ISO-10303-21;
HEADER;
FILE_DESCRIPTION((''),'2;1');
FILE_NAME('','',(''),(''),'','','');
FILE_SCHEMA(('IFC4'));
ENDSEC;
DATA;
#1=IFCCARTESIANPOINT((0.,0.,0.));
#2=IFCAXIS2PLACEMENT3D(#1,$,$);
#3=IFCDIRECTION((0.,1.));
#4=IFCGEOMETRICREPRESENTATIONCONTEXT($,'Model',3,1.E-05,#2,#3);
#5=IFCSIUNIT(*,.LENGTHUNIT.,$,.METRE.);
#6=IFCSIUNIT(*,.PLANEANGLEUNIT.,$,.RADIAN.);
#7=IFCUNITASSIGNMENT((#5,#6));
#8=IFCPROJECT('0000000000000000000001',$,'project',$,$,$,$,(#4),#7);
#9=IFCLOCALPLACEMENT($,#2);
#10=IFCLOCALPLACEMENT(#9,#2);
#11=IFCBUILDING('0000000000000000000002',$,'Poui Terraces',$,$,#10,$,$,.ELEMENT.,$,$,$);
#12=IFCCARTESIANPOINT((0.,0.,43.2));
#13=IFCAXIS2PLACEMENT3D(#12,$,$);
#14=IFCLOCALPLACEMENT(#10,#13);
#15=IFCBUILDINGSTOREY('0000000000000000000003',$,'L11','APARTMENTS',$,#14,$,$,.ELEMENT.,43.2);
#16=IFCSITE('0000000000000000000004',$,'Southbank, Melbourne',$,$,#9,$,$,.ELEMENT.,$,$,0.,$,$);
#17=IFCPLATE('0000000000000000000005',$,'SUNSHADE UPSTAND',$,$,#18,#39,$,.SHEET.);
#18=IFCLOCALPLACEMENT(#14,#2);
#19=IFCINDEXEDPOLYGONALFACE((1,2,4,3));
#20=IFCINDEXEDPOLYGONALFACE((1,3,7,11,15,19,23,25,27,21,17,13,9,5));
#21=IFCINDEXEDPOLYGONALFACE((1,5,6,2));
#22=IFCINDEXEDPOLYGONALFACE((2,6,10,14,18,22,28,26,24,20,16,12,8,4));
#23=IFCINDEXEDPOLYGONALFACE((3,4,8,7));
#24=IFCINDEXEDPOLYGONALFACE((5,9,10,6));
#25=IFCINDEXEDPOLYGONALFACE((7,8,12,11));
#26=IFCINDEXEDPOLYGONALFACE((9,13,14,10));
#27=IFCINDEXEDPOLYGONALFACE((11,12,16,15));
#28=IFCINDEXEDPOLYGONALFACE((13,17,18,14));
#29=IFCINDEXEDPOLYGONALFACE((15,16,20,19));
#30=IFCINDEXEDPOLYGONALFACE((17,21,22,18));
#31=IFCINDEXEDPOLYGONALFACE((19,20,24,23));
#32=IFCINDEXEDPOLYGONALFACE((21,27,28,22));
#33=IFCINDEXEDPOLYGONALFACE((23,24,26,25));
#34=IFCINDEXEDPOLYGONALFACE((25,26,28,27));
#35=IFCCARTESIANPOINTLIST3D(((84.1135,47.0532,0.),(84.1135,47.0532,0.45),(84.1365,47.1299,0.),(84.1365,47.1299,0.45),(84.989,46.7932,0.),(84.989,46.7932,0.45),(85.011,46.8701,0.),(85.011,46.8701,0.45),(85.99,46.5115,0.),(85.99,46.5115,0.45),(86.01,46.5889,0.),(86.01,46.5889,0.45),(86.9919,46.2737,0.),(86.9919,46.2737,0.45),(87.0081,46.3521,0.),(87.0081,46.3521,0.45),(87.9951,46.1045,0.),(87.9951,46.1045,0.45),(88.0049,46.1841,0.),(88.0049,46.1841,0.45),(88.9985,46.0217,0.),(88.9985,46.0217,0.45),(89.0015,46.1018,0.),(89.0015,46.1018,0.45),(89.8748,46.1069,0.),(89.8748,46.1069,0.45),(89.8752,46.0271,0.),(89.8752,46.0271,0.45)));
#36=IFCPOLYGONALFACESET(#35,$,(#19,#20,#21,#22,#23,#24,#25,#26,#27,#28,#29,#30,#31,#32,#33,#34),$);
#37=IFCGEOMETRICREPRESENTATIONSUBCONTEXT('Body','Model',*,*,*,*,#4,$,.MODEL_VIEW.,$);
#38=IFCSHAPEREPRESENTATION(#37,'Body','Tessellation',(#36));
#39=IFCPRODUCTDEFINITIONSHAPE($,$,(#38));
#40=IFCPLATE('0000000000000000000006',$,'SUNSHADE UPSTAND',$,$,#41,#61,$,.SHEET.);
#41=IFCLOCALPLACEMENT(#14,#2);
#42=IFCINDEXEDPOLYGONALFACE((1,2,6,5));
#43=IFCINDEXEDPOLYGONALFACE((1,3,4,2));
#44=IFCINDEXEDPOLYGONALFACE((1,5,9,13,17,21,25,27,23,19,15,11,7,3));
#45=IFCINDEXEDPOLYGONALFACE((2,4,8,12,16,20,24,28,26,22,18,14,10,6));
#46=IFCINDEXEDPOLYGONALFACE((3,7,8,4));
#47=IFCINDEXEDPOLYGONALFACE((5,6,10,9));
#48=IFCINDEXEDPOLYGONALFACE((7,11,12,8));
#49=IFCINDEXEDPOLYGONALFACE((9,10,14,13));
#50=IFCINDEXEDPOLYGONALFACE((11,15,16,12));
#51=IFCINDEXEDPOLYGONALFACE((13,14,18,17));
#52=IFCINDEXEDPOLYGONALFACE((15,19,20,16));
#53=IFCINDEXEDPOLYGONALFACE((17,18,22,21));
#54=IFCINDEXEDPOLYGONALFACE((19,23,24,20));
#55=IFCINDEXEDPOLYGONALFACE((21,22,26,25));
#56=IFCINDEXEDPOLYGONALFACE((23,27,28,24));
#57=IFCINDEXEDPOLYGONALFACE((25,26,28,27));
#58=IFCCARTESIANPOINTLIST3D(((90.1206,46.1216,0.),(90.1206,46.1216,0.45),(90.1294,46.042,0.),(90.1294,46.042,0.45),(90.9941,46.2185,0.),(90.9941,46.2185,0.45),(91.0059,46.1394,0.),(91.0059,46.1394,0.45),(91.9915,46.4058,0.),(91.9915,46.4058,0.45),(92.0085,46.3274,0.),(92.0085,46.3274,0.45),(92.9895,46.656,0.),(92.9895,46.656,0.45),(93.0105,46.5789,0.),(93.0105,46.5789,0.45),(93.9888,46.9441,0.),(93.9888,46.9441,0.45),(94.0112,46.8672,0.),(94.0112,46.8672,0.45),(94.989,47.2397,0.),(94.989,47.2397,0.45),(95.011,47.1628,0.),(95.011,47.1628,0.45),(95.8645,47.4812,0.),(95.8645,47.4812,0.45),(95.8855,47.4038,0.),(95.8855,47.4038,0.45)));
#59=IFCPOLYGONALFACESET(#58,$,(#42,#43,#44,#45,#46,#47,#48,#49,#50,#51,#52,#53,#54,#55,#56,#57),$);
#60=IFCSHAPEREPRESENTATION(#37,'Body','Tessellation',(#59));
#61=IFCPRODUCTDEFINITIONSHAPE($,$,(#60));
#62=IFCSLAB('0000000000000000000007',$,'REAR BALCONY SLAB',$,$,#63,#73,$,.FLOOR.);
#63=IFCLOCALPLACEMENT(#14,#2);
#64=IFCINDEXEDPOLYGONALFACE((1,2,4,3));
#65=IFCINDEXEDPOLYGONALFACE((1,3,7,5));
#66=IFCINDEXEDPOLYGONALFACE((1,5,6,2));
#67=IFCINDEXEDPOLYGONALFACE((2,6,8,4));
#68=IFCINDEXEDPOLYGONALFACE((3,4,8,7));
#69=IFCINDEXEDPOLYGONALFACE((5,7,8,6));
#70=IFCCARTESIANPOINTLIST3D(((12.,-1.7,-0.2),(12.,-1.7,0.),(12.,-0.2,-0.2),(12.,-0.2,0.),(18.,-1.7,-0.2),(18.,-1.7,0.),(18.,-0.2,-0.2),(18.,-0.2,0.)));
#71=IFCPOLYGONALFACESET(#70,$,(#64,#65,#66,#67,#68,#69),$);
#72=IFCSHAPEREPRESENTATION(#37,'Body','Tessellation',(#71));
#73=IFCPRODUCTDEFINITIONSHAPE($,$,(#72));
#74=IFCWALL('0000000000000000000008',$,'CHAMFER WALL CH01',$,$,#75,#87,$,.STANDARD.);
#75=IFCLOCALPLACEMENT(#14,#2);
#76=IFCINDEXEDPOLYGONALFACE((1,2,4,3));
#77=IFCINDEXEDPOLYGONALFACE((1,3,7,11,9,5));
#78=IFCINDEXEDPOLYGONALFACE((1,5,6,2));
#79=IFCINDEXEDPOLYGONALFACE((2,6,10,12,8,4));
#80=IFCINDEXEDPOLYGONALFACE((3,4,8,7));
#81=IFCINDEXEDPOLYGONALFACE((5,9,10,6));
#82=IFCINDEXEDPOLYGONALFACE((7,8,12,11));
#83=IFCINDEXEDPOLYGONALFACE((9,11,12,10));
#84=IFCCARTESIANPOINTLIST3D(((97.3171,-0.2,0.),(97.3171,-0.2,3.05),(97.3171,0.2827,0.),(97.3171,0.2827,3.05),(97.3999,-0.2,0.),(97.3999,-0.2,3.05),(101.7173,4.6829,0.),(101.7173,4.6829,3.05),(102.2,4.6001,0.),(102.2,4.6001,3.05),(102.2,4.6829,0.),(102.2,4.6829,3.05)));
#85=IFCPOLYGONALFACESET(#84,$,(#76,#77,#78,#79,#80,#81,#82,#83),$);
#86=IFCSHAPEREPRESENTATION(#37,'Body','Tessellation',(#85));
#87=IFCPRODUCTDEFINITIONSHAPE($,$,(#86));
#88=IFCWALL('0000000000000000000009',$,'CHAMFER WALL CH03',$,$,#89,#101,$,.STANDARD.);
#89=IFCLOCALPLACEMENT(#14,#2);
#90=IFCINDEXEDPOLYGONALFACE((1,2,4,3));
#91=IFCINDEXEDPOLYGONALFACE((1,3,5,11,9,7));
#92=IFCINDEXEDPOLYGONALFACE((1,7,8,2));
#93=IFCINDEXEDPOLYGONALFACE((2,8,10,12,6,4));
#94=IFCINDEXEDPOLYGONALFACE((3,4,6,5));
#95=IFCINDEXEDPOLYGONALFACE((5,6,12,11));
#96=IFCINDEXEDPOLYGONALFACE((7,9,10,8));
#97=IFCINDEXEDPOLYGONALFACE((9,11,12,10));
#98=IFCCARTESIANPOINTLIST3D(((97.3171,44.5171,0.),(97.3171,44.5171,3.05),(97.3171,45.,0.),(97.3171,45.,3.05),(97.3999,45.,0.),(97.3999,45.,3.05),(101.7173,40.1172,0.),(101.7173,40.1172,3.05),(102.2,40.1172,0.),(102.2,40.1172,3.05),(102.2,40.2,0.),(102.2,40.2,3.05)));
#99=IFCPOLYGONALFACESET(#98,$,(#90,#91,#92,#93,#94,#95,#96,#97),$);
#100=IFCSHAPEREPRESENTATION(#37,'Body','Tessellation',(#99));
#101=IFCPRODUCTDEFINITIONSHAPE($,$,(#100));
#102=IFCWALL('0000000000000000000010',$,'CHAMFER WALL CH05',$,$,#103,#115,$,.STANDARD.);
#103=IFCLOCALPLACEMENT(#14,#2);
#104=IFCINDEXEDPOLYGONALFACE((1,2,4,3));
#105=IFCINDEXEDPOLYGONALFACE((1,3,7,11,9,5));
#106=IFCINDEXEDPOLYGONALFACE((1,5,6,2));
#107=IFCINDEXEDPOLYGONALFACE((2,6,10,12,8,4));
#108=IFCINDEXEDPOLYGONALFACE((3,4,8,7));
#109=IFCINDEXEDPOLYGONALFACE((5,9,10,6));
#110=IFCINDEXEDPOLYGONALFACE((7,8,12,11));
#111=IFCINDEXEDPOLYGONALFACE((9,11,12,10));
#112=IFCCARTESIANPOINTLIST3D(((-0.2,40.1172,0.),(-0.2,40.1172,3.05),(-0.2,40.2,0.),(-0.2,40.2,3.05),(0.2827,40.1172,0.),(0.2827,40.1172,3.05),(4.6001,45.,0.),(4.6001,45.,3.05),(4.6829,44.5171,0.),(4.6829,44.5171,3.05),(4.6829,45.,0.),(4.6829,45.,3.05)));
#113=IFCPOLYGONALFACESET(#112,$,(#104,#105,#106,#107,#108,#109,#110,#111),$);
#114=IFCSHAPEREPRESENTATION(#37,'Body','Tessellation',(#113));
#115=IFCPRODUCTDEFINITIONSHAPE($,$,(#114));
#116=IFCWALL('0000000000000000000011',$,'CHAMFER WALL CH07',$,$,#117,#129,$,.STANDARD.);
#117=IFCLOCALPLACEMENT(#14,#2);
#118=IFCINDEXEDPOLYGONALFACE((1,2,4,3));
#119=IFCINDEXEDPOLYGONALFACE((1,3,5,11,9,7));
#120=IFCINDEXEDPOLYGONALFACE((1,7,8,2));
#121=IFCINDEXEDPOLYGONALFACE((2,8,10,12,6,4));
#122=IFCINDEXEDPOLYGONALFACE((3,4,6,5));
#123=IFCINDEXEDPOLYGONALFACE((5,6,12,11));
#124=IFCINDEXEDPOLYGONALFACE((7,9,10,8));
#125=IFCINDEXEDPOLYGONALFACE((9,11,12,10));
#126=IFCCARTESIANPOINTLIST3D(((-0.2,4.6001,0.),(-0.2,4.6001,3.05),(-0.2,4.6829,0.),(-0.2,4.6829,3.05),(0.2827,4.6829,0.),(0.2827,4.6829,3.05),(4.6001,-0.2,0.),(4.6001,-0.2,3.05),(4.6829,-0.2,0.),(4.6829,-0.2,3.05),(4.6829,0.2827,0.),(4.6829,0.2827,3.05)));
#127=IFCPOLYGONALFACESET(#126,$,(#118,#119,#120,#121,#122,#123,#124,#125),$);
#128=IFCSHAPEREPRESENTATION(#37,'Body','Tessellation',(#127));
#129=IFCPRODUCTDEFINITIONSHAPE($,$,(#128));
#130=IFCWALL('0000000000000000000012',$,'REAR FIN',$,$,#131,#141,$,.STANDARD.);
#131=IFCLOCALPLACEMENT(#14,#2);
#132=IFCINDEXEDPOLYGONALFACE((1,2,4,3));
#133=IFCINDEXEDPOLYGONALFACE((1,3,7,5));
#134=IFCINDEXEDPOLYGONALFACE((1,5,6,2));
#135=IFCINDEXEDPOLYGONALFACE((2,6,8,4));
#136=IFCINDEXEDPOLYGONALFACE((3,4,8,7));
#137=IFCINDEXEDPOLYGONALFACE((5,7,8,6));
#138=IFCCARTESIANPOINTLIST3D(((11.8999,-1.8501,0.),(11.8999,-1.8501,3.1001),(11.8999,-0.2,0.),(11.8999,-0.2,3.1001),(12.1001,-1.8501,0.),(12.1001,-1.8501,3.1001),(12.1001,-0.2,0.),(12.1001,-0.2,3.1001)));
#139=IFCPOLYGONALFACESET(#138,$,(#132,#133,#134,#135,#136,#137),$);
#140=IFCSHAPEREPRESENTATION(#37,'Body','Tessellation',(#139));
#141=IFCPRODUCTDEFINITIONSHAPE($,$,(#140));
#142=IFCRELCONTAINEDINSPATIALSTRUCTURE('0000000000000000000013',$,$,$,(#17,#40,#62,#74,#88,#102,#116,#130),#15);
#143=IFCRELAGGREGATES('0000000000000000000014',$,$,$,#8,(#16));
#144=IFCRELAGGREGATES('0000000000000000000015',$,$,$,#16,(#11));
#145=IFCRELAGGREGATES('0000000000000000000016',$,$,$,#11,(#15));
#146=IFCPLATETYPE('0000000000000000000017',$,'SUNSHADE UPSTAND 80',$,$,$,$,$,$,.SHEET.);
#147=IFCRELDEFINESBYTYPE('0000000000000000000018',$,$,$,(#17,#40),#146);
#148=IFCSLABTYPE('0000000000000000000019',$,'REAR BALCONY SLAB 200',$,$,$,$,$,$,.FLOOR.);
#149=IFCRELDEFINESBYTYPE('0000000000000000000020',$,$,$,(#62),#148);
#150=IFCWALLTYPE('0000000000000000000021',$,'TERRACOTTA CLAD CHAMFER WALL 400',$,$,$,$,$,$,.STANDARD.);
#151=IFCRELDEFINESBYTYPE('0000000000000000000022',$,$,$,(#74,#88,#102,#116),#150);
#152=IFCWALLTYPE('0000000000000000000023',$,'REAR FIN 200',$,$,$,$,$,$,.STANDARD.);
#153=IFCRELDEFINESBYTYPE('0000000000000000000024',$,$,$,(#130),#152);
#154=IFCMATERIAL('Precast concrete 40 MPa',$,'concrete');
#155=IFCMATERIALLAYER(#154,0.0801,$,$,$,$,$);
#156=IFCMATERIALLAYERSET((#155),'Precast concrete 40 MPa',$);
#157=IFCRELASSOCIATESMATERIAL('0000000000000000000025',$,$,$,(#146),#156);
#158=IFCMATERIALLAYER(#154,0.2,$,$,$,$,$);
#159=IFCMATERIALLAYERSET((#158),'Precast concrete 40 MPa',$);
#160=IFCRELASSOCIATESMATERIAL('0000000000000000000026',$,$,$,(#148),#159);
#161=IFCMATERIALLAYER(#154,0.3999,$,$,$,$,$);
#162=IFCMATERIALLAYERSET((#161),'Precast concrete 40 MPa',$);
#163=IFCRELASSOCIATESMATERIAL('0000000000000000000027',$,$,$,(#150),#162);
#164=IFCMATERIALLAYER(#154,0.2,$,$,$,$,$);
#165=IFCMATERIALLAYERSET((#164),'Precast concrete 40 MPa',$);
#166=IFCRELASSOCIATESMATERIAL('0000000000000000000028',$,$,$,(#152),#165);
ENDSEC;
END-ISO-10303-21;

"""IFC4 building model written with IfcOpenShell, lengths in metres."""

from ifc_helpers import new_model, si_unit, direction, frame, origin, place, context, subcontext, project, spatial, polyline, outline, extrude, source, transform, mapped, material, layer, layer_set, type_object, element, save


model = new_model("IFC4")

# Units and contexts
model_context = context("Model", 3, precision=1e-05, world=origin(), true_north=direction((0.0, 1.0)))
body_context = subcontext(model_context, "Body", "Model", "MODEL_VIEW")
ifc_project = project(units=[si_unit("LENGTHUNIT", "METRE"), si_unit("PLANEANGLEUNIT", "RADIAN")], contexts=[model_context])

# Site, building, storey
site_placement = place(None, origin())
site = spatial("IfcSite", under=ifc_project, at=site_placement, Name="Southbank, Melbourne", CompositionType="ELEMENT", RefElevation=0.0)
building_placement = place(site_placement, origin())
building = spatial("IfcBuilding", under=site, at=building_placement, Name="Poui Terraces", CompositionType="ELEMENT")
storey_placement = place(building_placement, frame((0.0, 0.0, 43.2)))
storey = spatial("IfcBuildingStorey", under=building, at=storey_placement, Name="L11", Description="APARTMENTS", CompositionType="ELEMENT", Elevation=43.2)

# Shared definitions
ifc_material_1 = material(Name="Precast concrete 40 MPa", Category="concrete")

# Plates
ifc_layer_1 = layer(ifc_material_1, 0.0801)
ifc_layer_set_1 = layer_set([ifc_layer_1], Name="Precast concrete 40 MPa")
plate_type = type_object("IfcPlateType", Name="SUNSHADE UPSTAND 80", PredefinedType="SHEET", material=ifc_layer_set_1)
plate_1_placement = place(storey_placement, origin())
element("IfcPlate", 1, at=plate_1_placement, inside=storey, type_object=plate_type, Name="SUNSHADE UPSTAND", PredefinedType="SHEET", context=body_context, shape_type="SweptSolid", body=[
    extrude(outline(polyline([(85.011, 46.8701), (84.1365, 47.1299), (84.1135, 47.0532), (84.989, 46.7932), (85.99, 46.5115), (86.9919, 46.2737), (87.9951, 46.1045), (88.9985, 46.0217), (89.8752, 46.0271), (89.8748, 46.1069), (89.0015, 46.1018), (88.0049, 46.1841), (87.0081, 46.3521), (86.01, 46.5889), (85.011, 46.8701)])), origin(), (0.0, 0.0, 1.0), 0.45),
])
plate_2_placement = place(storey_placement, origin())
element("IfcPlate", 2, at=plate_2_placement, inside=storey, type_object=plate_type, Name="SUNSHADE UPSTAND", PredefinedType="SHEET", context=body_context, shape_type="SweptSolid", body=[
    extrude(outline(polyline([(90.9941, 46.2185), (90.1206, 46.1216), (90.1294, 46.042), (91.0059, 46.1394), (92.0085, 46.3274), (93.0105, 46.5789), (94.0112, 46.8672), (95.011, 47.1628), (95.8855, 47.4038), (95.8645, 47.4812), (94.989, 47.2397), (93.9888, 46.9441), (92.9895, 46.656), (91.9915, 46.4058), (90.9941, 46.2185)])), origin(), (0.0, 0.0, 1.0), 0.45),
])

# Slab
ifc_layer_2 = layer(ifc_material_1, 0.2)
ifc_layer_set_2 = layer_set([ifc_layer_2], Name="Precast concrete 40 MPa")
slab_type_1 = type_object("IfcSlabType", Name="REAR BALCONY SLAB 200", PredefinedType="FLOOR", material=ifc_layer_set_2)
shared_shape_1 = source(origin(), body_context, "Body", "SweptSolid", [
    extrude(outline(polyline([(0.0, 0.0), (6.0, 0.0), (6.0, 1.5), (0.0, 1.5), (0.0, 0.0)])), origin(), (0.0, 0.0, 1.0), 0.2),
])
slab_1_placement = place(storey_placement, frame((12.0, -1.7, -0.2)))
element("IfcSlab", 3, at=slab_1_placement, inside=storey, type_object=slab_type_1, Name="REAR BALCONY SLAB", PredefinedType="FLOOR", context=body_context, shape_type="MappedRepresentation", body=[
    mapped(shared_shape_1, transform((0.0, 0.0, 0.0))),
])

# Walls
ifc_layer_3 = layer(ifc_material_1, 0.3999)
ifc_layer_set_3 = layer_set([ifc_layer_3], Name="Precast concrete 40 MPa")
wall_type_1 = type_object("IfcWallType", Name="TERRACOTTA CLAD CHAMFER WALL 400", PredefinedType="STANDARD", material=ifc_layer_set_3)
wall_1_placement = place(storey_placement, origin())
element("IfcWall", 4, at=wall_1_placement, inside=storey, type_object=wall_type_1, Name="CHAMFER WALL CH01", PredefinedType="STANDARD", context=body_context, shape_type="SweptSolid", body=[
    extrude(outline(polyline([(97.3171, -0.2), (97.3999, -0.2), (102.2, 4.6001), (102.2, 4.6829), (101.7173, 4.6829), (97.3171, 0.2827), (97.3171, -0.2)])), origin(), (0.0, 0.0, 1.0), 3.05),
])
wall_2_placement = place(storey_placement, origin())
element("IfcWall", 5, at=wall_2_placement, inside=storey, type_object=wall_type_1, Name="CHAMFER WALL CH03", PredefinedType="STANDARD", context=body_context, shape_type="SweptSolid", body=[
    extrude(outline(polyline([(102.2, 40.1172), (102.2, 40.2), (97.3999, 45.0), (97.3171, 45.0), (97.3171, 44.5171), (101.7173, 40.1172), (102.2, 40.1172)])), origin(), (0.0, 0.0, 1.0), 3.05),
])
wall_3_placement = place(storey_placement, origin())
element("IfcWall", 6, at=wall_3_placement, inside=storey, type_object=wall_type_1, Name="CHAMFER WALL CH05", PredefinedType="STANDARD", context=body_context, shape_type="SweptSolid", body=[
    extrude(outline(polyline([(4.6829, 45.0), (4.6001, 45.0), (-0.2, 40.2), (-0.2, 40.1172), (0.2827, 40.1172), (4.6829, 44.5171), (4.6829, 45.0)])), origin(), (0.0, 0.0, 1.0), 3.05),
])
wall_4_placement = place(storey_placement, origin())
element("IfcWall", 7, at=wall_4_placement, inside=storey, type_object=wall_type_1, Name="CHAMFER WALL CH07", PredefinedType="STANDARD", context=body_context, shape_type="SweptSolid", body=[
    extrude(outline(polyline([(-0.2, 4.6829), (-0.2, 4.6001), (4.6001, -0.2), (4.6829, -0.2), (4.6829, 0.2827), (0.2827, 4.6829), (-0.2, 4.6829)])), origin(), (0.0, 0.0, 1.0), 3.05),
])
ifc_layer_4 = layer(ifc_material_1, 0.2)
ifc_layer_set_4 = layer_set([ifc_layer_4], Name="Precast concrete 40 MPa")
wall_type_2 = type_object("IfcWallType", Name="REAR FIN 200", PredefinedType="STANDARD", material=ifc_layer_set_4)
shared_shape_2 = source(origin(), body_context, "Body", "SweptSolid", [
    extrude(outline(polyline([(0.0, 0.0), (0.2002, 0.0), (0.2002, 1.6501), (0.0, 1.6501), (0.0, 0.0)])), origin(), (0.0, 0.0, 1.0), 3.1001),
])
wall_5_placement = place(storey_placement, frame((11.8999, -1.8501, 0.0)))
element("IfcWall", 8, at=wall_5_placement, inside=storey, type_object=wall_type_2, Name="REAR FIN", PredefinedType="STANDARD", context=body_context, shape_type="MappedRepresentation", body=[
    mapped(shared_shape_2, transform((0.0, 0.0, 0.0))),
])

save(model, "model.ifc")
